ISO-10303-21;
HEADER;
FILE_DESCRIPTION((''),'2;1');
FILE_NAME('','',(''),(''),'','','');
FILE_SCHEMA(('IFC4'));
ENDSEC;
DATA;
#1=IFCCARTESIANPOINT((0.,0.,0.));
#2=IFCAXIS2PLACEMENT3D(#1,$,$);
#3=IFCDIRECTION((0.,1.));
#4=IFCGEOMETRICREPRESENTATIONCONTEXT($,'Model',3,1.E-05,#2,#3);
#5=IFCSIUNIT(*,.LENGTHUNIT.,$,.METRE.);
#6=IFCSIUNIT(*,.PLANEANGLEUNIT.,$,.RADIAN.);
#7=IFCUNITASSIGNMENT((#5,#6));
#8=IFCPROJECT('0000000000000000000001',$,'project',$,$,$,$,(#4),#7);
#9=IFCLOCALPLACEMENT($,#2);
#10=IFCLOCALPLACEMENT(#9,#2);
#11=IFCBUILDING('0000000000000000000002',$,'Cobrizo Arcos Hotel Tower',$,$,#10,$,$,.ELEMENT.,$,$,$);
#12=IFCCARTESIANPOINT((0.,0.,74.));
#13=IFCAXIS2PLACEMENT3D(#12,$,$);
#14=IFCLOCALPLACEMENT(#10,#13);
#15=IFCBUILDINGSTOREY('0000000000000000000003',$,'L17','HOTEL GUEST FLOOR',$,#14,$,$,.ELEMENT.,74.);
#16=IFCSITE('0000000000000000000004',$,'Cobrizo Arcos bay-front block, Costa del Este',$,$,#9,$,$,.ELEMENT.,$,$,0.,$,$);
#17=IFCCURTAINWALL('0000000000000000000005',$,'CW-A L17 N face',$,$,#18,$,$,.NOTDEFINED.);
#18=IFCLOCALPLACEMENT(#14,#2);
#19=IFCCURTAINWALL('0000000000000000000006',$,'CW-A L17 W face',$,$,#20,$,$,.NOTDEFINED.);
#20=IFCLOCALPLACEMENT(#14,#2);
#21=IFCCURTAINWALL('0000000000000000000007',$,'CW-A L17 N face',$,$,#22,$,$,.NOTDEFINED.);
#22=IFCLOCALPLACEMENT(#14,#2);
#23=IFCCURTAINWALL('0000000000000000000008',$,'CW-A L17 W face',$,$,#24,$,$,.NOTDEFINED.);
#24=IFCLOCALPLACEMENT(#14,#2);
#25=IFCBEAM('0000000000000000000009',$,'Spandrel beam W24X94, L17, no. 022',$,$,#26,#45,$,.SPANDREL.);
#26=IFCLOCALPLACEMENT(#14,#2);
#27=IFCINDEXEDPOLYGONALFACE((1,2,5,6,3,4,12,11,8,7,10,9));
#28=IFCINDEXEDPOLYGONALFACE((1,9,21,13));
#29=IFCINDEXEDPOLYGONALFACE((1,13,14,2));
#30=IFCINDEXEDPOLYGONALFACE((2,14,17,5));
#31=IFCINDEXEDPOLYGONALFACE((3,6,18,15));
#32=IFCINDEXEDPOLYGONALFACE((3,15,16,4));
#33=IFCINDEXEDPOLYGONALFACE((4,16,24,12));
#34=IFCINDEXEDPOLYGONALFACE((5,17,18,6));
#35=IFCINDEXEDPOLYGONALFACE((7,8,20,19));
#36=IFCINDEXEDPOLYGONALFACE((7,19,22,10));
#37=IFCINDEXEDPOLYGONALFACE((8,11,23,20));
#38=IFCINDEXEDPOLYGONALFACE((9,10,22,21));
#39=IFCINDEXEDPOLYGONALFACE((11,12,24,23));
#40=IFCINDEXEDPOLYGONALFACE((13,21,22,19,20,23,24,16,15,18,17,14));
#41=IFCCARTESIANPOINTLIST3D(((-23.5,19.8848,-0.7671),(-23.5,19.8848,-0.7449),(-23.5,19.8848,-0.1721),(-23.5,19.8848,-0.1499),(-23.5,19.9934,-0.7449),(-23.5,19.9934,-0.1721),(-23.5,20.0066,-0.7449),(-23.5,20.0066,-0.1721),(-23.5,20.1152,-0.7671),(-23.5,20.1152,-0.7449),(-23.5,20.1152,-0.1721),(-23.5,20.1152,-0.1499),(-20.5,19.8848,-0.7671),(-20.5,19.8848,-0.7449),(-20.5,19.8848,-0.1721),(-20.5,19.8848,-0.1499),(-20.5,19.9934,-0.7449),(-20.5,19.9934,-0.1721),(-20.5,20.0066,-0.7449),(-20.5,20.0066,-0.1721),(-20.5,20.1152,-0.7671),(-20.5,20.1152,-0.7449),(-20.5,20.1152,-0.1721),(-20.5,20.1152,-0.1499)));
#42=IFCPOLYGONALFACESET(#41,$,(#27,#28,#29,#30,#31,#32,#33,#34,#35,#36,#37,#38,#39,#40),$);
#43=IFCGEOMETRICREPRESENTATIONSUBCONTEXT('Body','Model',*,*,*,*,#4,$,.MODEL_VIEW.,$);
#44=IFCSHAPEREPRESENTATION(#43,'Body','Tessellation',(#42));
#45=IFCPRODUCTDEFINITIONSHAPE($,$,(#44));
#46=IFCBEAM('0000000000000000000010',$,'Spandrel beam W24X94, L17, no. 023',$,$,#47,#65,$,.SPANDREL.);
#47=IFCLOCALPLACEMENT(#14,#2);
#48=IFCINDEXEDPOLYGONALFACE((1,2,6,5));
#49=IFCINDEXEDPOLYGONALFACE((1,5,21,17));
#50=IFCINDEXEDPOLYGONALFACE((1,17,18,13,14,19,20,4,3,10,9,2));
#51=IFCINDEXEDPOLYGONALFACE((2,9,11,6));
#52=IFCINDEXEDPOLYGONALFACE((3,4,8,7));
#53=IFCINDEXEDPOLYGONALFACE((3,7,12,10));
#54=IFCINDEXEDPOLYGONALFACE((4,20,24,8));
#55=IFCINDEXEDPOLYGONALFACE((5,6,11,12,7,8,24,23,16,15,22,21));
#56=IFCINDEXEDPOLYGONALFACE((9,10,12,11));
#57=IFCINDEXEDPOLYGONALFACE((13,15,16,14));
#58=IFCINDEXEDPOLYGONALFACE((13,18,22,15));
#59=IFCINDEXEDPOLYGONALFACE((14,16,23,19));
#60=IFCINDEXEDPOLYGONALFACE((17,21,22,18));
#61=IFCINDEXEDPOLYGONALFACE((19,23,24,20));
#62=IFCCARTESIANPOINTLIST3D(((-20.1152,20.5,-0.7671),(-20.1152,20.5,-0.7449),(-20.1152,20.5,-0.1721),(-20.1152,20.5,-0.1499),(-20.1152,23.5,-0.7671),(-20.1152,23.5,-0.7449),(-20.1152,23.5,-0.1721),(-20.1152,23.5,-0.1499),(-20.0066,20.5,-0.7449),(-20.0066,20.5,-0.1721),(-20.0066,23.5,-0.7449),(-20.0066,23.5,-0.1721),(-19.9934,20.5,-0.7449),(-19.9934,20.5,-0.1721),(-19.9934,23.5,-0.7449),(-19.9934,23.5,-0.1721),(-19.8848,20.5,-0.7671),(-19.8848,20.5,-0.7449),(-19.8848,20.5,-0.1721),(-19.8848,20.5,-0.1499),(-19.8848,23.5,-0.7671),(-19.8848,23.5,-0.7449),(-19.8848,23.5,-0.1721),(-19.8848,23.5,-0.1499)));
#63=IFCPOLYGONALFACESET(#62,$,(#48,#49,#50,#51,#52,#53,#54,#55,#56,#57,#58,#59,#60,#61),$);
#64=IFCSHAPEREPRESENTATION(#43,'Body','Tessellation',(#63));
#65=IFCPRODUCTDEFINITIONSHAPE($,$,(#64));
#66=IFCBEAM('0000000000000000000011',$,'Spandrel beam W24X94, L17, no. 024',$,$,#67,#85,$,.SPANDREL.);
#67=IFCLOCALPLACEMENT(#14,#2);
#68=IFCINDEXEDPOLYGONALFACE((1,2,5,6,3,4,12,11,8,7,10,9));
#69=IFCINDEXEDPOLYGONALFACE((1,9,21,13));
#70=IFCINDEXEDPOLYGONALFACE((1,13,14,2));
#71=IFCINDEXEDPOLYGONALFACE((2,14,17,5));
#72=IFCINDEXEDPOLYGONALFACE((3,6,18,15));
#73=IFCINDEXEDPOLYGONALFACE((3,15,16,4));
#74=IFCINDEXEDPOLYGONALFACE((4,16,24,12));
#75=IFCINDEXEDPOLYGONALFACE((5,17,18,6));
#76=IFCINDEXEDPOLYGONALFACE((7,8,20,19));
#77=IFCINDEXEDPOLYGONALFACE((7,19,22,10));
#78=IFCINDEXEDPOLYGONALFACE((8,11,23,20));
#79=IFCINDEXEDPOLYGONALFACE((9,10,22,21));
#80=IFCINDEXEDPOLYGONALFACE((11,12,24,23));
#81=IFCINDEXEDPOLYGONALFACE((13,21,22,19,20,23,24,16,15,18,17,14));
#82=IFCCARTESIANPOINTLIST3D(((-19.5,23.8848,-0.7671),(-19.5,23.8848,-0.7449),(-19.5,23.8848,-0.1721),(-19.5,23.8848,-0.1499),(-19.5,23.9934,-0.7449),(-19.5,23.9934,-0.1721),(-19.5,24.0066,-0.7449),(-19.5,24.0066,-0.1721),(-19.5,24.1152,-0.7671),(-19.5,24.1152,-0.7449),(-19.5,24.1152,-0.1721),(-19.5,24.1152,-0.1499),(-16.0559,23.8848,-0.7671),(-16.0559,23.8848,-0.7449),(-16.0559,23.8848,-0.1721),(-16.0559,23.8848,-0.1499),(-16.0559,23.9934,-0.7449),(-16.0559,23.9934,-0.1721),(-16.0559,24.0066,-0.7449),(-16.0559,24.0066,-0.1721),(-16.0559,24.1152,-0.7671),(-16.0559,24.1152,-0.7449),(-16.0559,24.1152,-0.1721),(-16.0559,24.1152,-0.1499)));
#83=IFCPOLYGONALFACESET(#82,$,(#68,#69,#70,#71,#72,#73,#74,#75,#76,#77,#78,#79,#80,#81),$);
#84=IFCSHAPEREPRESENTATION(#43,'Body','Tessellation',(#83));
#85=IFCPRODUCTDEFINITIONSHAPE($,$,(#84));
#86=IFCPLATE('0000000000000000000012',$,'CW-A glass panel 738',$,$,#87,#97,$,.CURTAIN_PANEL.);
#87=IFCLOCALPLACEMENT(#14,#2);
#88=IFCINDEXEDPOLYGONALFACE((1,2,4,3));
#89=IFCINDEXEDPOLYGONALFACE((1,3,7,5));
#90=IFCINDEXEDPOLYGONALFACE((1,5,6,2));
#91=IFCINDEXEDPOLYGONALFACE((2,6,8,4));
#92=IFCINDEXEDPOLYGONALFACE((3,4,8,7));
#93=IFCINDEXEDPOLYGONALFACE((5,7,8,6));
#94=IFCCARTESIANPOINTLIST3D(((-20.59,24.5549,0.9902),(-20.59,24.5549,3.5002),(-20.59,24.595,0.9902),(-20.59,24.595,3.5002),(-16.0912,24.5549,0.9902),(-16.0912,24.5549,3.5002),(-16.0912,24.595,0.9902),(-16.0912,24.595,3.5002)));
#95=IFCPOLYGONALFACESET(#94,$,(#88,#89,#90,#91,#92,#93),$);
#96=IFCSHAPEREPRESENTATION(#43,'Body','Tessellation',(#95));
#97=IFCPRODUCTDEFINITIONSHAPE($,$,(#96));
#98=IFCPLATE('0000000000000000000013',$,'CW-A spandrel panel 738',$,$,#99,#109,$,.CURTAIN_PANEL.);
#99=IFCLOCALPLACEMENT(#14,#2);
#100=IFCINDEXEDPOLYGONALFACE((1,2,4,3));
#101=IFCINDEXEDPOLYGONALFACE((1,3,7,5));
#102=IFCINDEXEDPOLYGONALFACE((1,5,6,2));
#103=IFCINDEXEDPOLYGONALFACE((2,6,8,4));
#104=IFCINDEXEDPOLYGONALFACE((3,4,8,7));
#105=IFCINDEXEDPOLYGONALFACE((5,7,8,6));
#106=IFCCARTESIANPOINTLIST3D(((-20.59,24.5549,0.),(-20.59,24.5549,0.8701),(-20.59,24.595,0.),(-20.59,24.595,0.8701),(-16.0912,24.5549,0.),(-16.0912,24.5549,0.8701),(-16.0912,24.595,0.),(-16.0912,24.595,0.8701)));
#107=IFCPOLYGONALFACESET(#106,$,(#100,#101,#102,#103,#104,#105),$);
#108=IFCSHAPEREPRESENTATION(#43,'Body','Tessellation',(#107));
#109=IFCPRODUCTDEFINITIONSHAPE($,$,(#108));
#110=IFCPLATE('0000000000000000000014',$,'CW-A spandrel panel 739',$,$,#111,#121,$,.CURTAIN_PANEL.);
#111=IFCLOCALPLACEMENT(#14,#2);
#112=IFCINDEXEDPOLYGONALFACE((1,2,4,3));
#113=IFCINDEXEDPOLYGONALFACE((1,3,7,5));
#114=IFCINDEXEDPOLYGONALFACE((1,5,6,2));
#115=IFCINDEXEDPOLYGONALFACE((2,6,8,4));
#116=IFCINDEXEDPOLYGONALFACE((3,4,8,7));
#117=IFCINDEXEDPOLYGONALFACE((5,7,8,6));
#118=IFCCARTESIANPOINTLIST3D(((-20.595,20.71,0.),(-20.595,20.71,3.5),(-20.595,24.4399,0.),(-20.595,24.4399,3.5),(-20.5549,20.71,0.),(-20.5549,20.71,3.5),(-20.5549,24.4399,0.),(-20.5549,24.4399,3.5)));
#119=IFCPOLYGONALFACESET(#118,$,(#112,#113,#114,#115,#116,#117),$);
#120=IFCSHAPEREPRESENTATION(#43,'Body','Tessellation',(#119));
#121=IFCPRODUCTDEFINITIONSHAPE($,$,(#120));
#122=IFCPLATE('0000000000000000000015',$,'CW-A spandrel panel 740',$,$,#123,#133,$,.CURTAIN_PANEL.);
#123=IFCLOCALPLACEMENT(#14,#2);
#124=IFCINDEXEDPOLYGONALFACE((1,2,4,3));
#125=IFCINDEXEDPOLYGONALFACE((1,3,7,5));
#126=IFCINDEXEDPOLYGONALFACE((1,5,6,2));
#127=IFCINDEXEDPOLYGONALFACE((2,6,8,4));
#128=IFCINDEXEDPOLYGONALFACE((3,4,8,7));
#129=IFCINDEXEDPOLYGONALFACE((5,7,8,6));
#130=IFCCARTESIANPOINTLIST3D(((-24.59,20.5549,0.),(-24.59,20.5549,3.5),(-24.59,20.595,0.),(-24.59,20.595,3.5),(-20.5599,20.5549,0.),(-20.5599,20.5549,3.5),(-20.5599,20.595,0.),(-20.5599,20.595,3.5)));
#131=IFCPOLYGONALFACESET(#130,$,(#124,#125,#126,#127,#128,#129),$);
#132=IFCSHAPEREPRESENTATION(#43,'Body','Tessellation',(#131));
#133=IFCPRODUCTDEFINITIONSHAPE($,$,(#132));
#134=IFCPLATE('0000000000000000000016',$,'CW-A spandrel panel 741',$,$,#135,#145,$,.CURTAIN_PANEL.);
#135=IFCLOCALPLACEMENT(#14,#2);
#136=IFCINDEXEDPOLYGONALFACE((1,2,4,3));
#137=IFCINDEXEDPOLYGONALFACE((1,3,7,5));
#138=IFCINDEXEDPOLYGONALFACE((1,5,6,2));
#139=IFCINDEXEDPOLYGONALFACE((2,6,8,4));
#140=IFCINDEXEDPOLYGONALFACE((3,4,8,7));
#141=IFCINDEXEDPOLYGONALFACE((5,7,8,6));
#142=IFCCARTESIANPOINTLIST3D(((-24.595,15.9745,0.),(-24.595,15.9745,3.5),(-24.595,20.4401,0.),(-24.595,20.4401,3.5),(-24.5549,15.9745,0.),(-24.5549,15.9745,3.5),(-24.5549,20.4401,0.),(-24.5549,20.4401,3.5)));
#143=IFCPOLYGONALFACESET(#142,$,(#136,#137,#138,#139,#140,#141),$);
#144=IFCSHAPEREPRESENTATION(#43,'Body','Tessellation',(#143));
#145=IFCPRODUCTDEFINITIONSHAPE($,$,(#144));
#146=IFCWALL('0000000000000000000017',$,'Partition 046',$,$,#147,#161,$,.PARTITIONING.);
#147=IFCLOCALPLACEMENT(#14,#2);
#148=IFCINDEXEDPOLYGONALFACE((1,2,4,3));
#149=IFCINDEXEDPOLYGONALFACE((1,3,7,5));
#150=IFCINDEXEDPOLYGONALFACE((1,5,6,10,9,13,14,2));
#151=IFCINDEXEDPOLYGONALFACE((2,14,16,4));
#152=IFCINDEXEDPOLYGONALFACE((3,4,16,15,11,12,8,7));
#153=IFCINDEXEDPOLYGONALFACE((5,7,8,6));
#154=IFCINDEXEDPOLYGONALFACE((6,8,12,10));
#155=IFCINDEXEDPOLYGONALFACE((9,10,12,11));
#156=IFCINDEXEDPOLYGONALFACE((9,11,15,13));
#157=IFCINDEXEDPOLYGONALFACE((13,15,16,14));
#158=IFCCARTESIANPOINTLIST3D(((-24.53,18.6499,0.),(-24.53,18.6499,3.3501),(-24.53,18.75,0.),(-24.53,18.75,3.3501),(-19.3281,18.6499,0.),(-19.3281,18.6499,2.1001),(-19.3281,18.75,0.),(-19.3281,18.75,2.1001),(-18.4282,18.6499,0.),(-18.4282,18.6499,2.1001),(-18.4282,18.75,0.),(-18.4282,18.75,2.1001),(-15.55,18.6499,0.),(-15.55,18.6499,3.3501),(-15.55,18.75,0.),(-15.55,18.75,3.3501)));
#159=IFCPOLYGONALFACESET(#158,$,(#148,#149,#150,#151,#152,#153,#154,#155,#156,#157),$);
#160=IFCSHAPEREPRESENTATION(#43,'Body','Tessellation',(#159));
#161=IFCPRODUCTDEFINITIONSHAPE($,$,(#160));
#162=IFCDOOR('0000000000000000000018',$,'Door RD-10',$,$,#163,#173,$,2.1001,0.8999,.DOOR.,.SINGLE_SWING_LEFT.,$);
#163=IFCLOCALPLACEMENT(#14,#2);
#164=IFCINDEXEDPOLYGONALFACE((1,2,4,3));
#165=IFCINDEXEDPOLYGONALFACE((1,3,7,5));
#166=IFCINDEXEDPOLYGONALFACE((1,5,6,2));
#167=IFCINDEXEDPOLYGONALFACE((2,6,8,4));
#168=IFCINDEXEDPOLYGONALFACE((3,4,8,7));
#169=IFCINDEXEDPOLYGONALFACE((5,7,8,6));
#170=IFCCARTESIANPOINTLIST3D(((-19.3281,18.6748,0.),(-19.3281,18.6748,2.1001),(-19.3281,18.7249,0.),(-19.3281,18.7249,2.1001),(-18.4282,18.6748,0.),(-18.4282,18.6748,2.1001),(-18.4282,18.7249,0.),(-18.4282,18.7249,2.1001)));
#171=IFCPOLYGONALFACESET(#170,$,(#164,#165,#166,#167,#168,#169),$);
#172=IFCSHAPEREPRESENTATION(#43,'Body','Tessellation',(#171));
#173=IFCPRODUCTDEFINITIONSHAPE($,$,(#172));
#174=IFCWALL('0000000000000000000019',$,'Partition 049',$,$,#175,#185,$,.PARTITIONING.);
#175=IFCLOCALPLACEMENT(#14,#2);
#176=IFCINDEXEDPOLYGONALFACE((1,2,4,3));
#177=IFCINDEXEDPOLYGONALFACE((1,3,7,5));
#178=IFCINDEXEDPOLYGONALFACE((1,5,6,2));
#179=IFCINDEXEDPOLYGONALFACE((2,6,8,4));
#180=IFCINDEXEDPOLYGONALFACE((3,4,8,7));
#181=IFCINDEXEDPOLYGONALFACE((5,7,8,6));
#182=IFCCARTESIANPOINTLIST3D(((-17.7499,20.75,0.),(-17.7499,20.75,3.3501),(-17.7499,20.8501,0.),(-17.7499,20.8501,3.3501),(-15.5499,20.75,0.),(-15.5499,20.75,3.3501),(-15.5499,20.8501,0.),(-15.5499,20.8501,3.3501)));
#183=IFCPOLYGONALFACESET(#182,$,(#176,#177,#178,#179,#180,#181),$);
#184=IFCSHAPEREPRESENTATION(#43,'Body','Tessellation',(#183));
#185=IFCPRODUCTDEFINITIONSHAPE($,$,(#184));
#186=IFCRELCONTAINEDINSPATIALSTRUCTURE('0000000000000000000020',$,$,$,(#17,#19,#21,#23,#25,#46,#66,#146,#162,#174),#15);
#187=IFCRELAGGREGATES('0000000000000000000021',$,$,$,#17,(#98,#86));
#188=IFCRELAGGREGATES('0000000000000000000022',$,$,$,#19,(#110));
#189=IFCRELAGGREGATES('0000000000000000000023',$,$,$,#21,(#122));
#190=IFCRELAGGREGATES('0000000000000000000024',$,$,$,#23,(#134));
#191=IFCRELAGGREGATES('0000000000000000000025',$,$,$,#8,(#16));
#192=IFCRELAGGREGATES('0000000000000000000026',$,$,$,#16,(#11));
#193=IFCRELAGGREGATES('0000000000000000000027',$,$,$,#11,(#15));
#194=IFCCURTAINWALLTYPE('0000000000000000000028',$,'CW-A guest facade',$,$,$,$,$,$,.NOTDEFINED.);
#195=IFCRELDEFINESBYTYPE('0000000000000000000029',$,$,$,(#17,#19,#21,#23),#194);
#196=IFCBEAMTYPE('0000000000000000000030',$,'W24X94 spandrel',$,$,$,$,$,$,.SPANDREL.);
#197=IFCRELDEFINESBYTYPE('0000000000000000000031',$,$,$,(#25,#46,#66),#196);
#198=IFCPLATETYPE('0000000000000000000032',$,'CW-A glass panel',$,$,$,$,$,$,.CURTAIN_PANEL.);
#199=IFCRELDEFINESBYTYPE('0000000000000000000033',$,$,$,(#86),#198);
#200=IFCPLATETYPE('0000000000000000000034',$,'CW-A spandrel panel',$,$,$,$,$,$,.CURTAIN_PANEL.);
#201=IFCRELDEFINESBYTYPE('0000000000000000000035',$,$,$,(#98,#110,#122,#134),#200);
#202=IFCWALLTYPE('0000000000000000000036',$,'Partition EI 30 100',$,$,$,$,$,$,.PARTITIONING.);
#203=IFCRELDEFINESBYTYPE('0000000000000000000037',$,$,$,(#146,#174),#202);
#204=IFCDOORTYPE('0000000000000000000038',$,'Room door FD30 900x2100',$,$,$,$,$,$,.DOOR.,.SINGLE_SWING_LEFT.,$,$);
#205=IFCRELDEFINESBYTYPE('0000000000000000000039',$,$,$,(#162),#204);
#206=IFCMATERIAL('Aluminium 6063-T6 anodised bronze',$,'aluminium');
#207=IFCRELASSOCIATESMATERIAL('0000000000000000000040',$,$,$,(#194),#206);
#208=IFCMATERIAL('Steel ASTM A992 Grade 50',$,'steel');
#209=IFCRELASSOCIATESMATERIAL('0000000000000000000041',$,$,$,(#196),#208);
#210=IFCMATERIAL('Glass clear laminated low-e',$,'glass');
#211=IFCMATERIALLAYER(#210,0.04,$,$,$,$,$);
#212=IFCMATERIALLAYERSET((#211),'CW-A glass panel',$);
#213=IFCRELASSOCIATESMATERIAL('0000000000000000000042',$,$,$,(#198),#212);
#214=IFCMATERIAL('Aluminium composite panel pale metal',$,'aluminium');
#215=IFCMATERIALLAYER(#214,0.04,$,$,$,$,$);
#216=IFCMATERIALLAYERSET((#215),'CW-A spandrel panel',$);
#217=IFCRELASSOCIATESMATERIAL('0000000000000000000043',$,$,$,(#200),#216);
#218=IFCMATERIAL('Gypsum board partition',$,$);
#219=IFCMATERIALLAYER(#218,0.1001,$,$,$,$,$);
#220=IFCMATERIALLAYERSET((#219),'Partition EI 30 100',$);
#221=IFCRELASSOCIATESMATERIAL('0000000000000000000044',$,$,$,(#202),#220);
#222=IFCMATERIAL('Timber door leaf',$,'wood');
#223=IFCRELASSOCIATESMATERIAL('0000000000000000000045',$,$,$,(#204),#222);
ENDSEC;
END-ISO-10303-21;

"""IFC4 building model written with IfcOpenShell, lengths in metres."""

from ifc_helpers import new_model, si_unit, direction, frame, frame_2d, origin, origin_2d, place, context, subcontext, project, spatial, rectangle, i_section, extrude, material, layer, layer_set, material_profile, profile_set, type_object, element, fill, aggregate, save


model = new_model("IFC4")

# Units and contexts
model_context = context("Model", 3, precision=1e-05, world=origin(), true_north=direction((0.0, 1.0)))
body_context = subcontext(model_context, "Body", "Model", "MODEL_VIEW")
ifc_project = project(units=[si_unit("LENGTHUNIT", "METRE"), si_unit("PLANEANGLEUNIT", "RADIAN")], contexts=[model_context])

# Site, building, storey
site_placement = place(None, origin())
site = spatial("IfcSite", under=ifc_project, at=site_placement, Name="Cobrizo Arcos bay-front block, Costa del Este", CompositionType="ELEMENT", RefElevation=0.0)
building_placement = place(site_placement, origin())
building = spatial("IfcBuilding", under=site, at=building_placement, Name="Cobrizo Arcos Hotel Tower", CompositionType="ELEMENT")
storey_placement = place(building_placement, frame((0.0, 0.0, 74.0)))
storey = spatial("IfcBuildingStorey", under=building, at=storey_placement, Name="L17", Description="HOTEL GUEST FLOOR", CompositionType="ELEMENT", Elevation=74.0)

# Curtain wall
ifc_material_1 = material(Name="Aluminium 6063-T6 anodised bronze", Category="aluminium")
curtain_wall_type = type_object("IfcCurtainWallType", Name="CW-A guest facade", PredefinedType="NOTDEFINED", material=ifc_material_1)
curtain_wall_1_placement = place(storey_placement, origin())
curtain_wall_1 = element("IfcCurtainWall", 1, at=curtain_wall_1_placement, inside=storey, type_object=curtain_wall_type, Name="CW-A L17 N face", PredefinedType="NOTDEFINED")

# Curtain walls
curtain_wall_2_placement = place(storey_placement, origin())
curtain_wall_2 = element("IfcCurtainWall", 2, at=curtain_wall_2_placement, inside=storey, type_object=curtain_wall_type, Name="CW-A L17 W face", PredefinedType="NOTDEFINED")
curtain_wall_3_placement = place(storey_placement, origin())
curtain_wall_3 = element("IfcCurtainWall", 3, at=curtain_wall_3_placement, inside=storey, type_object=curtain_wall_type, Name="CW-A L17 N face", PredefinedType="NOTDEFINED")
curtain_wall_4_placement = place(storey_placement, origin())
curtain_wall_4 = element("IfcCurtainWall", 4, at=curtain_wall_4_placement, inside=storey, type_object=curtain_wall_type, Name="CW-A L17 W face", PredefinedType="NOTDEFINED")

# Beams
ifc_material_2 = material(Name="Steel ASTM A992 Grade 50", Category="steel")
ifc_material_profile_1 = material_profile(ifc_material_2, i_section(OverallWidth=0.2305, OverallDepth=0.6172, WebThickness=0.0132, FlangeThickness=0.0222, at=origin_2d()), Name="W24X94")
ifc_profile_set_1 = profile_set([ifc_material_profile_1], Name="Steel ASTM A992 Grade 50")
beam_type = type_object("IfcBeamType", Name="W24X94 spandrel", PredefinedType="SPANDREL", material=ifc_profile_set_1)
for number, where, z_axis, x_axis, name in (
    (5, (-23.5, 20.0, -0.4585), (1.0, 0.0, 0.0), (0.0, 1.0, 0.0), "Spandrel beam W24X94, L17, no. 022"),
    (6, (-20.0, 20.5, -0.4585), (0.0, 1.0, 0.0), (-1.0, 0.0, 0.0), "Spandrel beam W24X94, L17, no. 023"),
):
    element("IfcBeam", number, at=place(storey_placement, frame(where, z_axis=z_axis, x_axis=x_axis)), inside=storey, type_object=beam_type, Name=name, PredefinedType="SPANDREL", context=body_context, shape_type="SweptSolid", body=[
        extrude(i_section(OverallWidth=0.2305, OverallDepth=0.6172, WebThickness=0.0132, FlangeThickness=0.0222, at=origin_2d()), origin(), (0.0, 0.0, 1.0), 3.0),
    ])
beam_1_placement = place(storey_placement, frame((-19.5, 24.0, -0.4585), z_axis=(1.0, 0.0, 0.0), x_axis=(0.0, 1.0, 0.0)))
element("IfcBeam", 7, at=beam_1_placement, inside=storey, type_object=beam_type, Name="Spandrel beam W24X94, L17, no. 024", PredefinedType="SPANDREL", context=body_context, shape_type="SweptSolid", body=[
    extrude(i_section(OverallWidth=0.2305, OverallDepth=0.6172, WebThickness=0.0132, FlangeThickness=0.0222, at=origin_2d()), origin(), (0.0, 0.0, 1.0), 3.4441),
])

# Plates
ifc_material_3 = material(Name="Glass clear laminated low-e", Category="glass")
ifc_layer_1 = layer(ifc_material_3, 0.04)
ifc_layer_set_1 = layer_set([ifc_layer_1], Name="CW-A glass panel")
plate_type_1 = type_object("IfcPlateType", Name="CW-A glass panel", PredefinedType="CURTAIN_PANEL", material=ifc_layer_set_1)
plate_1_placement = place(storey_placement, frame((-18.3406, 24.575, 0.9902), z_axis=(0.0, 0.0, 1.0), x_axis=(-1.0, 0.0, 0.0)))
plate_1 = element("IfcPlate", 8, at=plate_1_placement, type_object=plate_type_1, Name="CW-A glass panel 738", PredefinedType="CURTAIN_PANEL", context=body_context, shape_type="SweptSolid", body=[
    extrude(rectangle(XDim=4.4988, YDim=0.04, at=origin_2d()), origin(), (0.0, 0.0, 1.0), 2.51),
])
ifc_material_4 = material(Name="Aluminium composite panel pale metal", Category="aluminium")
ifc_layer_2 = layer(ifc_material_4, 0.04)
ifc_layer_set_2 = layer_set([ifc_layer_2], Name="CW-A spandrel panel")
plate_type_2 = type_object("IfcPlateType", Name="CW-A spandrel panel", PredefinedType="CURTAIN_PANEL", material=ifc_layer_set_2)
plate_2_placement = place(storey_placement, frame((-18.3406, 24.575, 0.0), z_axis=(0.0, 0.0, 1.0), x_axis=(-1.0, 0.0, 0.0)))
plate_2 = element("IfcPlate", 9, at=plate_2_placement, type_object=plate_type_2, Name="CW-A spandrel panel 738", PredefinedType="CURTAIN_PANEL", context=body_context, shape_type="SweptSolid", body=[
    extrude(rectangle(XDim=4.4988, YDim=0.04, at=origin_2d()), origin(), (0.0, 0.0, 1.0), 0.8701),
])
aggregate(curtain_wall_1, [plate_2, plate_1])
plate_3_placement = place(storey_placement, frame((-20.575, 22.575, 0.0), z_axis=(0.0, 0.0, 1.0), x_axis=(0.0, -1.0, 0.0)))
plate_3 = element("IfcPlate", 10, at=plate_3_placement, type_object=plate_type_2, Name="CW-A spandrel panel 739", PredefinedType="CURTAIN_PANEL", context=body_context, shape_type="SweptSolid", body=[
    extrude(rectangle(XDim=3.73, YDim=0.04, at=origin_2d()), origin(), (0.0, 0.0, 1.0), 3.5),
])
aggregate(curtain_wall_2, [plate_3])
plate_4_placement = place(storey_placement, frame((-22.575, 20.575, 0.0), z_axis=(0.0, 0.0, 1.0), x_axis=(-1.0, 0.0, 0.0)))
plate_4 = element("IfcPlate", 11, at=plate_4_placement, type_object=plate_type_2, Name="CW-A spandrel panel 740", PredefinedType="CURTAIN_PANEL", context=body_context, shape_type="SweptSolid", body=[
    extrude(rectangle(XDim=4.03, YDim=0.04, at=origin_2d()), origin(), (0.0, 0.0, 1.0), 3.5),
])
aggregate(curtain_wall_3, [plate_4])
plate_5_placement = place(storey_placement, frame((-24.575, 18.2073, 0.0), z_axis=(0.0, 0.0, 1.0), x_axis=(0.0, -1.0, 0.0)))
plate_5 = element("IfcPlate", 12, at=plate_5_placement, type_object=plate_type_2, Name="CW-A spandrel panel 741", PredefinedType="CURTAIN_PANEL", context=body_context, shape_type="SweptSolid", body=[
    extrude(rectangle(XDim=4.4656, YDim=0.04, at=origin_2d()), origin(), (0.0, 0.0, 1.0), 3.5),
])
aggregate(curtain_wall_4, [plate_5])

# Wall, opening, door
ifc_material_5 = material(Name="Gypsum board partition")
ifc_layer_3 = layer(ifc_material_5, 0.1001)
ifc_layer_set_3 = layer_set([ifc_layer_3], Name="Partition EI 30 100")
wall_type = type_object("IfcWallType", Name="Partition EI 30 100", PredefinedType="PARTITIONING", material=ifc_layer_set_3)
wall_1_placement = place(storey_placement, frame((-24.53, 18.7, 0.0), z_axis=(0.0, 0.0, 1.0), x_axis=(1.0, 0.0, 0.0)))
wall_1 = element("IfcWall", 13, at=wall_1_placement, inside=storey, type_object=wall_type, Name="Partition 046", PredefinedType="PARTITIONING", context=body_context, shape_type="SweptSolid", body=[
    extrude(rectangle(XDim=8.98, YDim=0.1001, at=frame_2d((4.49, 0.0))), origin(), (0.0, 0.0, 1.0), 3.3501),
])
opening_1_placement = place(wall_1_placement, frame((5.2019, 0.0, 0.0)))
opening_1 = element("IfcOpeningElement", 14, at=opening_1_placement, cuts=wall_1, PredefinedType="OPENING", context=body_context, shape_type="SweptSolid", body=[
    extrude(rectangle(XDim=0.8999, YDim=2.1001, at=frame_2d((0.45, 1.05))), frame((0.0, 0.062, 0.0), z_axis=(0.0, -1.0, 0.0), x_axis=(1.0, 0.0, 0.0)), (0.0, 0.0, 1.0), 0.124),
])
ifc_material_6 = material(Name="Timber door leaf", Category="wood")
door_type_1 = type_object("IfcDoorType", Name="Room door FD30 900x2100", OperationType="SINGLE_SWING_LEFT", PredefinedType="DOOR", material=ifc_material_6)
door_1_placement = place(opening_1_placement, origin())
door_1 = element("IfcDoor", 15, at=door_1_placement, inside=storey, type_object=door_type_1, Name="Door RD-10", OperationType="SINGLE_SWING_LEFT", OverallHeight=2.1001, OverallWidth=0.8999, PredefinedType="DOOR", context=body_context, shape_type="SweptSolid", body=[
    extrude(rectangle(XDim=0.8999, YDim=2.1001, at=frame_2d((0.45, 1.05))), frame((0.0, 0.0249, 0.0), z_axis=(0.0, -1.0, 0.0), x_axis=(1.0, 0.0, 0.0)), (0.0, 0.0, 1.0), 0.05),
])
fill(opening_1, door_1)

# Wall
wall_2_placement = place(storey_placement, frame((-17.75, 20.8, 0.0), z_axis=(0.0, 0.0, 1.0), x_axis=(1.0, 0.0, 0.0)))
element("IfcWall", 16, at=wall_2_placement, inside=storey, type_object=wall_type, Name="Partition 049", PredefinedType="PARTITIONING", context=body_context, shape_type="SweptSolid", body=[
    extrude(rectangle(XDim=2.2, YDim=0.1001, at=frame_2d((1.1001, 0.0))), origin(), (0.0, 0.0, 1.0), 3.3501),
])

save(model, "model.ifc")
